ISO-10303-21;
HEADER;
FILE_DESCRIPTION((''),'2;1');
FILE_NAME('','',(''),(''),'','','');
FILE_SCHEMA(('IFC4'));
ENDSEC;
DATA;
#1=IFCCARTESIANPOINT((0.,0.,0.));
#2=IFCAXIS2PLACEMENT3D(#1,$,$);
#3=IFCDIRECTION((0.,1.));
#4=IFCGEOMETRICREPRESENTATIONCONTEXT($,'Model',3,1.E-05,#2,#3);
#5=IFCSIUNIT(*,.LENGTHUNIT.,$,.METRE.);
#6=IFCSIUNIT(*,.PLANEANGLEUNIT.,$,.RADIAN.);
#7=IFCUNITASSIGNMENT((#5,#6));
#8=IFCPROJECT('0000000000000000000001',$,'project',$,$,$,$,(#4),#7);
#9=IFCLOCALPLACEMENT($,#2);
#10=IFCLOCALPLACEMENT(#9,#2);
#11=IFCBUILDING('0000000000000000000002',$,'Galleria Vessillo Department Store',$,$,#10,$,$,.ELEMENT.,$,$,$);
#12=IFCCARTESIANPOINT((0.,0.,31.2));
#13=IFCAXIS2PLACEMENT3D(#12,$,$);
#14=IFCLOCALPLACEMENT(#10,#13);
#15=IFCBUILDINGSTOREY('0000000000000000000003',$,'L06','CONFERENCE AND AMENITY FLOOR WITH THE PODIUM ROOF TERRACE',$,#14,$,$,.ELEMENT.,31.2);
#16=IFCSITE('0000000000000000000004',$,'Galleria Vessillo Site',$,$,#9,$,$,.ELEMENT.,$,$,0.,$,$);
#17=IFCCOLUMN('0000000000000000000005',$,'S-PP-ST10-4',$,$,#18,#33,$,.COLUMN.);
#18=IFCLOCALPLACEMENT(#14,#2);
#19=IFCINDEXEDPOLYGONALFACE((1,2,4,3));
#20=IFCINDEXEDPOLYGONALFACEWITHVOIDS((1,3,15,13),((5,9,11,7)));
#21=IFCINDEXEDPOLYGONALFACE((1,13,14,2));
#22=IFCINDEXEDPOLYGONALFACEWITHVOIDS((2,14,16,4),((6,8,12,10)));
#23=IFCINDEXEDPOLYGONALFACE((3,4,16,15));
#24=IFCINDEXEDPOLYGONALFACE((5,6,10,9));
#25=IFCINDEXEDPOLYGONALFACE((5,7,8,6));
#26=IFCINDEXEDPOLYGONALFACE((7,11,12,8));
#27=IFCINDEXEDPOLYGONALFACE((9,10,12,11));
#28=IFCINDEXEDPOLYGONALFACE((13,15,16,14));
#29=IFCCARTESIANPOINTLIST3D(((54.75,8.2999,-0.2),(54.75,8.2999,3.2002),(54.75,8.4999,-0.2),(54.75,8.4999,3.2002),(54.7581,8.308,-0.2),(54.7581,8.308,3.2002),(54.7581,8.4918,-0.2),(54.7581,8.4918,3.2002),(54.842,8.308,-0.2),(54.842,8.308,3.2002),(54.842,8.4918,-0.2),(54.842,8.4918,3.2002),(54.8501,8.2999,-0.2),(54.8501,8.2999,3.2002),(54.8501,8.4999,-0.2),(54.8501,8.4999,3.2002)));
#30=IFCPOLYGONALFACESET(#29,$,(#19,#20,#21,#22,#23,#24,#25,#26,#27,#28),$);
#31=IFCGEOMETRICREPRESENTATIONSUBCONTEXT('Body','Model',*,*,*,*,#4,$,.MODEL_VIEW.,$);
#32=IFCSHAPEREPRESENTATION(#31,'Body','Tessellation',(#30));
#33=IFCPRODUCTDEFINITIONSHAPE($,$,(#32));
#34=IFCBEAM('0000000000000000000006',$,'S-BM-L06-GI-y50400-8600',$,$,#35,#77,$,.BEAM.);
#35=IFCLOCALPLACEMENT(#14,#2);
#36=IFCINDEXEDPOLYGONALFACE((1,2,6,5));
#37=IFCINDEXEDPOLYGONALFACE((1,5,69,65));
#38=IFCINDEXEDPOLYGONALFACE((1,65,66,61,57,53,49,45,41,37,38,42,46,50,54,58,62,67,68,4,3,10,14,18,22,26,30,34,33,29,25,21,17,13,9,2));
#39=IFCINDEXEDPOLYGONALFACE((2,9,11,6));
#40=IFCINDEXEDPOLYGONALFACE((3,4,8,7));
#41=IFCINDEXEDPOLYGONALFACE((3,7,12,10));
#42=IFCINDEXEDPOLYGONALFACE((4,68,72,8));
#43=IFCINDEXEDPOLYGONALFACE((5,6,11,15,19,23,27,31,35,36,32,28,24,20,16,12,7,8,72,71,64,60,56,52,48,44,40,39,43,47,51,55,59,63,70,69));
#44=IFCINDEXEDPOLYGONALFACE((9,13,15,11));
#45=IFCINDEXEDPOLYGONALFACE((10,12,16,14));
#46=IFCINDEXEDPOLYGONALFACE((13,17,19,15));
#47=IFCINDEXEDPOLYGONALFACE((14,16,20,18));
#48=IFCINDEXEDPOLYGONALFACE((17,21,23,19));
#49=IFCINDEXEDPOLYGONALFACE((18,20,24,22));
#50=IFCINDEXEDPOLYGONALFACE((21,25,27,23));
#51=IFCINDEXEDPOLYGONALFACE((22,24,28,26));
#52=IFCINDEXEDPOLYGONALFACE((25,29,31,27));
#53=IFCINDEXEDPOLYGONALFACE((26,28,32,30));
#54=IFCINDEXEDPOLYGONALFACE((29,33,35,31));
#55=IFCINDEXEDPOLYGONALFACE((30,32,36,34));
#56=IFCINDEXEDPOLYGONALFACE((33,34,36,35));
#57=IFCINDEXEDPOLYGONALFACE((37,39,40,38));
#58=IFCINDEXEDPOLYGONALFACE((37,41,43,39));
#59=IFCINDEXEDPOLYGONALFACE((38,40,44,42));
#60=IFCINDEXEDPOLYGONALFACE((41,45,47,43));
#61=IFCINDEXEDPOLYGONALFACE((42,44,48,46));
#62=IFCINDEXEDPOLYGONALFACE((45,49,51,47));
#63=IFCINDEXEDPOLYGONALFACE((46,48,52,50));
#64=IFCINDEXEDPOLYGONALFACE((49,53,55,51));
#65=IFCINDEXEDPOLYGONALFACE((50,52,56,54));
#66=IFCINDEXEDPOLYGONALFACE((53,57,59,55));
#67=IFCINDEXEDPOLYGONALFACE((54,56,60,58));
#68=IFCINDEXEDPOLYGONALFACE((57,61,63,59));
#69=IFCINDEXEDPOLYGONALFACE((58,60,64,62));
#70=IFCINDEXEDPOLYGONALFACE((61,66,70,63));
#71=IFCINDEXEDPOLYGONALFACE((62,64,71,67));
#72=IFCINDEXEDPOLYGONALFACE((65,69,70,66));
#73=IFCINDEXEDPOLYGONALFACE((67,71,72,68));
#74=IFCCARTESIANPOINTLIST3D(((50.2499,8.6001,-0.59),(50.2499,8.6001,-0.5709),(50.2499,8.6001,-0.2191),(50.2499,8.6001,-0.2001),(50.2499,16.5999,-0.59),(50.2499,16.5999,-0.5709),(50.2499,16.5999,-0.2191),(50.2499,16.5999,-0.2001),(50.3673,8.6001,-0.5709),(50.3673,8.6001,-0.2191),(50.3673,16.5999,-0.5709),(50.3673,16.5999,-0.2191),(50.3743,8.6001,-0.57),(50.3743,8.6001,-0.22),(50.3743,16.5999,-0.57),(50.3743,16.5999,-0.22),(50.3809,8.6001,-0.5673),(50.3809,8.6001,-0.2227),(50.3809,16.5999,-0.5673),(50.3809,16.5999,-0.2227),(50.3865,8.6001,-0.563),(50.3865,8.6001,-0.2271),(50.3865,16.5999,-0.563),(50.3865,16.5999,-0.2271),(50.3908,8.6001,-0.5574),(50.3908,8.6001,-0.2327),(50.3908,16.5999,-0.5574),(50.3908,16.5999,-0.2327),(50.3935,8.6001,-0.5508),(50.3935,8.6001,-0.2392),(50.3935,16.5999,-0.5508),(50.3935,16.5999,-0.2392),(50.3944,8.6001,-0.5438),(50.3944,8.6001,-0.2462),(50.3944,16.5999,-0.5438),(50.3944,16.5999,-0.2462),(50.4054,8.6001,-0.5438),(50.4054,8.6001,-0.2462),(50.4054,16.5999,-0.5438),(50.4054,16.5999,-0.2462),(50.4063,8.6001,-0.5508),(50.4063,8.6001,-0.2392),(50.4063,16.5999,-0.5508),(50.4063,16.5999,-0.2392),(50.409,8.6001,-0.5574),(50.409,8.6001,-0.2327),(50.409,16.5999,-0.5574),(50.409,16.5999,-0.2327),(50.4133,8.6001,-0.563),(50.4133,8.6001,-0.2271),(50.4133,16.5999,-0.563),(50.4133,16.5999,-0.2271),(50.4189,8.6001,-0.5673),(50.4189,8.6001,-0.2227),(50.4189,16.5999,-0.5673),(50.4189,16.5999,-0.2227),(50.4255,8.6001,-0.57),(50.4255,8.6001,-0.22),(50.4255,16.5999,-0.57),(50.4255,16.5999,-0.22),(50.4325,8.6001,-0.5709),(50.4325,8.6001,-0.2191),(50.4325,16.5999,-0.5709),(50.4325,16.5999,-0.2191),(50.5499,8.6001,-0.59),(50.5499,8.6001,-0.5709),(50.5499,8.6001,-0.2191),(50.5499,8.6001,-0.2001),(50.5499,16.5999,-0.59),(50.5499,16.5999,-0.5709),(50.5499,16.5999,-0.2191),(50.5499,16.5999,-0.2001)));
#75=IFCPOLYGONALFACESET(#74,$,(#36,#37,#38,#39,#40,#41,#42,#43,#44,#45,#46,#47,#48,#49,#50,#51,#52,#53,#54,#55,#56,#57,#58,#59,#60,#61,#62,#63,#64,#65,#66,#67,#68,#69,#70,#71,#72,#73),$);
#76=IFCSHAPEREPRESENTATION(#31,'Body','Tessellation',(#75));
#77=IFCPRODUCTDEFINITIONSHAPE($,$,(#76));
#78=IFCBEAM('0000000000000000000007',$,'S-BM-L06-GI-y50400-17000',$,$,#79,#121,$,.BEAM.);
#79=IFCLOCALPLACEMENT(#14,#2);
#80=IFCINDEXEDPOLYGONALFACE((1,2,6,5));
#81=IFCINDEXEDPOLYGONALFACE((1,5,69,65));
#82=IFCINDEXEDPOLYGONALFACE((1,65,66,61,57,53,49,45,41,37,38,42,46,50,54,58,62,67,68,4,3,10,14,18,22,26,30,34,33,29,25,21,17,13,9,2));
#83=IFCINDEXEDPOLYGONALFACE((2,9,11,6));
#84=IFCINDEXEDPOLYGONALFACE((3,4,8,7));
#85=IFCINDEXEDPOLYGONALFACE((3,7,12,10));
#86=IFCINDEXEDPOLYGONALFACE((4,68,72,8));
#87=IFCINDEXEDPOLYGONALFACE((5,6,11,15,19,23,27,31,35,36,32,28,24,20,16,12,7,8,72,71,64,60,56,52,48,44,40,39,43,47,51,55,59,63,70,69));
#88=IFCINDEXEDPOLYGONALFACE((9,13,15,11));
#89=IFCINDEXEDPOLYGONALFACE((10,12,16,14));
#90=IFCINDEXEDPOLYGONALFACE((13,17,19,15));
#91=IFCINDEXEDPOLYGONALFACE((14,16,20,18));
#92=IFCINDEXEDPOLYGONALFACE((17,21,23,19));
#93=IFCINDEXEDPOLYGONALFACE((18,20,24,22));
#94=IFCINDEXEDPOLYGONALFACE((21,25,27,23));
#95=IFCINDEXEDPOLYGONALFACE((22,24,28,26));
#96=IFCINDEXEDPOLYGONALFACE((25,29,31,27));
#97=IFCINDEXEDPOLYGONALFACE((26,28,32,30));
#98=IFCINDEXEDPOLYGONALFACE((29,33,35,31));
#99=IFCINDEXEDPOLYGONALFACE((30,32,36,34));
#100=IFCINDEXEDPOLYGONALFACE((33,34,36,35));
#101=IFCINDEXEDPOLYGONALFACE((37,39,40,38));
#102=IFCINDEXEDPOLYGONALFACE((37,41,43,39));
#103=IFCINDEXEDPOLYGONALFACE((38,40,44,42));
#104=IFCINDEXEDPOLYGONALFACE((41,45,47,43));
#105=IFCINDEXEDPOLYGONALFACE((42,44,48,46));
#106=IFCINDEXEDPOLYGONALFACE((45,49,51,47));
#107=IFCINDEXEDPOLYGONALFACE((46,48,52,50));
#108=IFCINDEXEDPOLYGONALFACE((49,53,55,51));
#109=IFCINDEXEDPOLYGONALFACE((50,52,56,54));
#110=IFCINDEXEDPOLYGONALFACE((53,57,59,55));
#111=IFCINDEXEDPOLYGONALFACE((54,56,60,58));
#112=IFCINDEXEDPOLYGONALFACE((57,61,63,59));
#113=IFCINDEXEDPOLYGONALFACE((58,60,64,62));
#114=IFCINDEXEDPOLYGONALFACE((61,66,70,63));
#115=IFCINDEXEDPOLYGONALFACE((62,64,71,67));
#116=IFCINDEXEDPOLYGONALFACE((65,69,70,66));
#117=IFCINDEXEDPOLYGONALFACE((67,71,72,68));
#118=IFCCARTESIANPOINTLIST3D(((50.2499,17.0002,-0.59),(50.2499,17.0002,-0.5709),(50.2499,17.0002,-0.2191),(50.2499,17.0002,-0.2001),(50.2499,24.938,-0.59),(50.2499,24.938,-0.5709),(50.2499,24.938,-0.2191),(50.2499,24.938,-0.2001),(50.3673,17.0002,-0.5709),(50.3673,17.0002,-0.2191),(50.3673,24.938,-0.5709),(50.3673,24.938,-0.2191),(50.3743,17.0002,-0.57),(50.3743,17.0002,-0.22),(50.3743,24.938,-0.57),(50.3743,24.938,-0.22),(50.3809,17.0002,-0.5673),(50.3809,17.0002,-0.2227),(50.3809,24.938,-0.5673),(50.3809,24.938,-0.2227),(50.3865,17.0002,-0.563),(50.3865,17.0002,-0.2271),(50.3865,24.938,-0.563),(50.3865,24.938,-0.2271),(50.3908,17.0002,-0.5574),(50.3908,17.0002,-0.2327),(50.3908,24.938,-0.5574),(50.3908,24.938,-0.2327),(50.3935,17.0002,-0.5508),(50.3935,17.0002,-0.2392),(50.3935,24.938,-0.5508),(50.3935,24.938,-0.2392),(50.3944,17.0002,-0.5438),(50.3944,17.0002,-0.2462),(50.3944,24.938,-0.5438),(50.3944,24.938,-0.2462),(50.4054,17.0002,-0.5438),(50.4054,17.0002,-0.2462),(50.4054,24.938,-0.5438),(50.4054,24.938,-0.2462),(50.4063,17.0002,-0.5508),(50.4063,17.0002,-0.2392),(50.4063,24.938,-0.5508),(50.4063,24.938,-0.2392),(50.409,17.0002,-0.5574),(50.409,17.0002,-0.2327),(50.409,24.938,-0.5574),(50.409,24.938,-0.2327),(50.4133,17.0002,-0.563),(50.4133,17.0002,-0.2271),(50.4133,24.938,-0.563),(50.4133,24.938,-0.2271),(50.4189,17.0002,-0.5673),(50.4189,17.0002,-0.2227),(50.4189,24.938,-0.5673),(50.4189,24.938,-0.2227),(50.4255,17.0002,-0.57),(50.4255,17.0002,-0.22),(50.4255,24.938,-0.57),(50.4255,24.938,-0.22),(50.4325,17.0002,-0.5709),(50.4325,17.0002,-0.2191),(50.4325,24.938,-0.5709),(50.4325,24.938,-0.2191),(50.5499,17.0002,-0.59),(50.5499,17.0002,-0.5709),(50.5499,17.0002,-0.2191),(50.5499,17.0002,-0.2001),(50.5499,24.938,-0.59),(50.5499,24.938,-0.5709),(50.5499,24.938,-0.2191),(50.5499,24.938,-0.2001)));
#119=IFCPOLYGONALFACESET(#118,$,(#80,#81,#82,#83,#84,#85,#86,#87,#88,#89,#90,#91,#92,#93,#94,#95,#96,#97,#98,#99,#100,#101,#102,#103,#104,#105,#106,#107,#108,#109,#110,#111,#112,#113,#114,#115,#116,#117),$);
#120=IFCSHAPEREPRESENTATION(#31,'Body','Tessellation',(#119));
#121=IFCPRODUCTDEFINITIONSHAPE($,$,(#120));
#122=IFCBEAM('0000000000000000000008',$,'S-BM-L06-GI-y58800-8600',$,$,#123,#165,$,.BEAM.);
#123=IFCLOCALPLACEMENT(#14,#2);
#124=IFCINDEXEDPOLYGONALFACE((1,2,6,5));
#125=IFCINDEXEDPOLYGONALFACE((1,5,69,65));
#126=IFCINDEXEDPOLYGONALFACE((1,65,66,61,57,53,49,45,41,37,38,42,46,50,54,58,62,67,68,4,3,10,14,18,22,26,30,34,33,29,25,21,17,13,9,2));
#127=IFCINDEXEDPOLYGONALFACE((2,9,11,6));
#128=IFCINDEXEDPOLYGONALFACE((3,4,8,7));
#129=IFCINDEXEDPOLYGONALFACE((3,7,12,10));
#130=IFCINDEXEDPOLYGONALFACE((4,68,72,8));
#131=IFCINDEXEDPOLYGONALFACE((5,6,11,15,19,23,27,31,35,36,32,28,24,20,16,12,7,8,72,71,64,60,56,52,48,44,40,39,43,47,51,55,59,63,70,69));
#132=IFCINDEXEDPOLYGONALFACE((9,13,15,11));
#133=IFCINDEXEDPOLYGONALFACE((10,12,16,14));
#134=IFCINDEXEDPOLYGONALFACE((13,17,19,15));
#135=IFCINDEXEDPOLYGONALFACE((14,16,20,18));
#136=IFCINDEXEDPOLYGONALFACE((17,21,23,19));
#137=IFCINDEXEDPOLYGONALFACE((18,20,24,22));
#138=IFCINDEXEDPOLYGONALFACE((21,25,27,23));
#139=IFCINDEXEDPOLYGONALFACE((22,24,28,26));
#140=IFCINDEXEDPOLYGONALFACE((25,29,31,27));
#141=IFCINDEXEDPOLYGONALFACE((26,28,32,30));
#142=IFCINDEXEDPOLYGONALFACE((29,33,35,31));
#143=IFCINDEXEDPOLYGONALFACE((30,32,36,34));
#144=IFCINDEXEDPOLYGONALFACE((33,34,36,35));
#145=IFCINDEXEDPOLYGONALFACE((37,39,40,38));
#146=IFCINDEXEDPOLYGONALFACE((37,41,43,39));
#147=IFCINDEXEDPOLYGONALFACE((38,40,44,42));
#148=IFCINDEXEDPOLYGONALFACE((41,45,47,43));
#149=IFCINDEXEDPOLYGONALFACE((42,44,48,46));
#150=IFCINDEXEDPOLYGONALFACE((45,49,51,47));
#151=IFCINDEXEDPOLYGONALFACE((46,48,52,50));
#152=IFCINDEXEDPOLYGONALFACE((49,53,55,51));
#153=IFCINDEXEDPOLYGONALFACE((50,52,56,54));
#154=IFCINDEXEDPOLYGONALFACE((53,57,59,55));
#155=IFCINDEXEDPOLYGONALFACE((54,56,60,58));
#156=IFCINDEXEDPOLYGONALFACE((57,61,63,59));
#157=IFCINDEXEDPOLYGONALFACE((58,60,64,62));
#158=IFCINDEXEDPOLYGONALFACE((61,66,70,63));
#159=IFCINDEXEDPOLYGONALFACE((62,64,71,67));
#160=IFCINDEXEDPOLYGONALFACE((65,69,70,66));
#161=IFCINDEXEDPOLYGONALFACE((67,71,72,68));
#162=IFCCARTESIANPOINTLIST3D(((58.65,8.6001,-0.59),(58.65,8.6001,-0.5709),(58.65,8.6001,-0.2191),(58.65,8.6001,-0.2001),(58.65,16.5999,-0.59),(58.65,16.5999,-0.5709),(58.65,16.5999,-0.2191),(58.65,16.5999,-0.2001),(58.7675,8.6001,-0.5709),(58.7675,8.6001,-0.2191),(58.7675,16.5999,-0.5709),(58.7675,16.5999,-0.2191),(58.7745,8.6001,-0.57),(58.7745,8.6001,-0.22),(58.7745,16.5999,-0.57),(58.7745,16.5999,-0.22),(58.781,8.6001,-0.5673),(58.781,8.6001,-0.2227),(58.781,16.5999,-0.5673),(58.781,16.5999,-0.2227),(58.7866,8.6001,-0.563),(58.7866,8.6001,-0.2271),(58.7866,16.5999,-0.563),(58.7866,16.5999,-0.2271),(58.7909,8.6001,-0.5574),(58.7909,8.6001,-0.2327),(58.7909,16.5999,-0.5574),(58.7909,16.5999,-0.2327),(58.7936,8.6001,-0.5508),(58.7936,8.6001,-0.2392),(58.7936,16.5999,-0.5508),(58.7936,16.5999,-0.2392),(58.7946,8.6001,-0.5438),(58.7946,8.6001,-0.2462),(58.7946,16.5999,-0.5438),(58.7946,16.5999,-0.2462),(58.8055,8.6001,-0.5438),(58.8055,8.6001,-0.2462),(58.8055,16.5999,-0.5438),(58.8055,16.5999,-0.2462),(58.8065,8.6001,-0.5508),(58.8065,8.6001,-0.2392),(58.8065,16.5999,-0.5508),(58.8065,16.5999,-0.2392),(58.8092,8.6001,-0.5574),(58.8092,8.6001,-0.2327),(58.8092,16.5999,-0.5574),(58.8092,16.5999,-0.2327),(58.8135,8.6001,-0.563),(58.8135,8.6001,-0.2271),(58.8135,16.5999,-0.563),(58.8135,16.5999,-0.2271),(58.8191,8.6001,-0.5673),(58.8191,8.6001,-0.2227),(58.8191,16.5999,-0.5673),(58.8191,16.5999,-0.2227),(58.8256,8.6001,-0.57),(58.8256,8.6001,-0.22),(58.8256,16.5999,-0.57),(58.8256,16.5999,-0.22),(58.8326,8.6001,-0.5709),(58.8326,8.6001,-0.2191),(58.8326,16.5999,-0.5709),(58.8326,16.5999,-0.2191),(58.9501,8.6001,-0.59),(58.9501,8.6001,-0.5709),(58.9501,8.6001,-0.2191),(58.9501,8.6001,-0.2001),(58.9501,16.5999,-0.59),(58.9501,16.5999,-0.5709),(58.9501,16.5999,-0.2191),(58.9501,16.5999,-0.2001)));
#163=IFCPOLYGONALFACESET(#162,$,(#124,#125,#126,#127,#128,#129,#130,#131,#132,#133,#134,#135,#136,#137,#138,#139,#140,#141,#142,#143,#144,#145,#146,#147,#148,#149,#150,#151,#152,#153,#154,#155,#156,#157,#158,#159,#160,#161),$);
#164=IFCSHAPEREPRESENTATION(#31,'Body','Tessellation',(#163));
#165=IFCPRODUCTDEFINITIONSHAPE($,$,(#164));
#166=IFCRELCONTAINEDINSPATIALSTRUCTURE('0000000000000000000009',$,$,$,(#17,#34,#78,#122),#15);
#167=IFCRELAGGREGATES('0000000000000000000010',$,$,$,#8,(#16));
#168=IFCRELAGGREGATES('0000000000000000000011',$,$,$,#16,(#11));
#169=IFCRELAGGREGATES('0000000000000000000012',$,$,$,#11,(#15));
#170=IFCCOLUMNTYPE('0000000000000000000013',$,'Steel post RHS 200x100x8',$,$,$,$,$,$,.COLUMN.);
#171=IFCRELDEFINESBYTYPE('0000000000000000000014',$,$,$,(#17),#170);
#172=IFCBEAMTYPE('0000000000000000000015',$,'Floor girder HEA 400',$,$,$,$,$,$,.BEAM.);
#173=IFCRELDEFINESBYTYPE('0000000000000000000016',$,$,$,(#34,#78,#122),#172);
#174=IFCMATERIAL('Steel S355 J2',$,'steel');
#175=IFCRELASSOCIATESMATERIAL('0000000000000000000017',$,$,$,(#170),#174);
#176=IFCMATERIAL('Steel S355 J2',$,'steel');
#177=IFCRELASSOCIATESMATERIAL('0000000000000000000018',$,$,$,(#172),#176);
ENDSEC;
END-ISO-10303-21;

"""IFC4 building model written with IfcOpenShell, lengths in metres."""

from ifc_helpers import new_model, si_unit, direction, frame, origin, origin_2d, place, context, subcontext, project, spatial, hollow_rectangle, i_section, extrude, material, material_profile, profile_set, type_object, element, save


model = new_model("IFC4")

# Units and contexts
model_context = context("Model", 3, precision=1e-05, world=origin(), true_north=direction((0.0, 1.0)))
body_context = subcontext(model_context, "Body", "Model", "MODEL_VIEW")
ifc_project = project(units=[si_unit("LENGTHUNIT", "METRE"), si_unit("PLANEANGLEUNIT", "RADIAN")], contexts=[model_context])

# Site, building, storey
site_placement = place(None, origin())
site = spatial("IfcSite", under=ifc_project, at=site_placement, Name="Galleria Vessillo Site", CompositionType="ELEMENT", RefElevation=0.0)
building_placement = place(site_placement, origin())
building = spatial("IfcBuilding", under=site, at=building_placement, Name="Galleria Vessillo Department Store", CompositionType="ELEMENT")
storey_placement = place(building_placement, frame((0.0, 0.0, 31.2)))
storey = spatial("IfcBuildingStorey", under=building, at=storey_placement, Name="L06", Description="CONFERENCE AND AMENITY FLOOR WITH THE PODIUM ROOF TERRACE", CompositionType="ELEMENT", Elevation=31.2)

# Column
ifc_material_1 = material(Name="Steel S355 J2", Category="steel")
ifc_material_profile_1 = material_profile(ifc_material_1, hollow_rectangle(XDim=0.1001, YDim=0.2, WallThickness=0.0081, at=origin_2d()), Name="RHS 200x100x8")
ifc_profile_set_1 = profile_set([ifc_material_profile_1], Name="Steel S355 J2")
column_type = type_object("IfcColumnType", Name="Steel post RHS 200x100x8", PredefinedType="COLUMN", material=ifc_profile_set_1)
column_placement = place(storey_placement, frame((54.8, 8.3999, -0.2), z_axis=(0.0, 0.0, 1.0), x_axis=(1.0, 0.0, 0.0)))
element("IfcColumn", 1, at=column_placement, inside=storey, type_object=column_type, Name="S-PP-ST10-4", PredefinedType="COLUMN", context=body_context, shape_type="SweptSolid", body=[
    extrude(hollow_rectangle(XDim=0.1001, YDim=0.2, WallThickness=0.0081, at=origin_2d()), origin(), (0.0, 0.0, 1.0), 3.4001),
])

# Beams
ifc_material_2 = material(Name="Steel S355 J2", Category="steel")
ifc_material_profile_2 = material_profile(ifc_material_2, i_section(OverallWidth=0.3, OverallDepth=0.3899, WebThickness=0.011, FlangeThickness=0.019, FilletRadius=0.0271, at=origin_2d()), Name="HEA 400")
ifc_profile_set_2 = profile_set([ifc_material_profile_2], Name="Steel S355 J2")
beam_type_1 = type_object("IfcBeamType", Name="Floor girder HEA 400", PredefinedType="BEAM", material=ifc_profile_set_2)
beam_1_placement = place(storey_placement, frame((50.3999, 8.6001, -0.395), z_axis=(0.0, 1.0, 0.0), x_axis=(-1.0, 0.0, 0.0)))
element("IfcBeam", 2, at=beam_1_placement, inside=storey, type_object=beam_type_1, Name="S-BM-L06-GI-y50400-8600", PredefinedType="BEAM", context=body_context, shape_type="SweptSolid", body=[
    extrude(i_section(OverallWidth=0.3, OverallDepth=0.3899, WebThickness=0.011, FlangeThickness=0.019, FilletRadius=0.0271, at=origin_2d()), origin(), (0.0, 0.0, 1.0), 7.9998),
])
beam_2_placement = place(storey_placement, frame((50.3999, 17.0002, -0.395), z_axis=(0.0, 1.0, 0.0), x_axis=(-1.0, 0.0, 0.0)))
element("IfcBeam", 3, at=beam_2_placement, inside=storey, type_object=beam_type_1, Name="S-BM-L06-GI-y50400-17000", PredefinedType="BEAM", context=body_context, shape_type="SweptSolid", body=[
    extrude(i_section(OverallWidth=0.3, OverallDepth=0.3899, WebThickness=0.011, FlangeThickness=0.019, FilletRadius=0.0271, at=origin_2d()), origin(), (0.0, 0.0, 1.0), 7.9377),
])
beam_3_placement = place(storey_placement, frame((58.8, 8.6001, -0.395), z_axis=(0.0, 1.0, 0.0), x_axis=(-1.0, 0.0, 0.0)))
element("IfcBeam", 4, at=beam_3_placement, inside=storey, type_object=beam_type_1, Name="S-BM-L06-GI-y58800-8600", PredefinedType="BEAM", context=body_context, shape_type="SweptSolid", body=[
    extrude(i_section(OverallWidth=0.3, OverallDepth=0.3899, WebThickness=0.011, FlangeThickness=0.019, FilletRadius=0.0271, at=origin_2d()), origin(), (0.0, 0.0, 1.0), 7.9998),
])

save(model, "model.ifc")
